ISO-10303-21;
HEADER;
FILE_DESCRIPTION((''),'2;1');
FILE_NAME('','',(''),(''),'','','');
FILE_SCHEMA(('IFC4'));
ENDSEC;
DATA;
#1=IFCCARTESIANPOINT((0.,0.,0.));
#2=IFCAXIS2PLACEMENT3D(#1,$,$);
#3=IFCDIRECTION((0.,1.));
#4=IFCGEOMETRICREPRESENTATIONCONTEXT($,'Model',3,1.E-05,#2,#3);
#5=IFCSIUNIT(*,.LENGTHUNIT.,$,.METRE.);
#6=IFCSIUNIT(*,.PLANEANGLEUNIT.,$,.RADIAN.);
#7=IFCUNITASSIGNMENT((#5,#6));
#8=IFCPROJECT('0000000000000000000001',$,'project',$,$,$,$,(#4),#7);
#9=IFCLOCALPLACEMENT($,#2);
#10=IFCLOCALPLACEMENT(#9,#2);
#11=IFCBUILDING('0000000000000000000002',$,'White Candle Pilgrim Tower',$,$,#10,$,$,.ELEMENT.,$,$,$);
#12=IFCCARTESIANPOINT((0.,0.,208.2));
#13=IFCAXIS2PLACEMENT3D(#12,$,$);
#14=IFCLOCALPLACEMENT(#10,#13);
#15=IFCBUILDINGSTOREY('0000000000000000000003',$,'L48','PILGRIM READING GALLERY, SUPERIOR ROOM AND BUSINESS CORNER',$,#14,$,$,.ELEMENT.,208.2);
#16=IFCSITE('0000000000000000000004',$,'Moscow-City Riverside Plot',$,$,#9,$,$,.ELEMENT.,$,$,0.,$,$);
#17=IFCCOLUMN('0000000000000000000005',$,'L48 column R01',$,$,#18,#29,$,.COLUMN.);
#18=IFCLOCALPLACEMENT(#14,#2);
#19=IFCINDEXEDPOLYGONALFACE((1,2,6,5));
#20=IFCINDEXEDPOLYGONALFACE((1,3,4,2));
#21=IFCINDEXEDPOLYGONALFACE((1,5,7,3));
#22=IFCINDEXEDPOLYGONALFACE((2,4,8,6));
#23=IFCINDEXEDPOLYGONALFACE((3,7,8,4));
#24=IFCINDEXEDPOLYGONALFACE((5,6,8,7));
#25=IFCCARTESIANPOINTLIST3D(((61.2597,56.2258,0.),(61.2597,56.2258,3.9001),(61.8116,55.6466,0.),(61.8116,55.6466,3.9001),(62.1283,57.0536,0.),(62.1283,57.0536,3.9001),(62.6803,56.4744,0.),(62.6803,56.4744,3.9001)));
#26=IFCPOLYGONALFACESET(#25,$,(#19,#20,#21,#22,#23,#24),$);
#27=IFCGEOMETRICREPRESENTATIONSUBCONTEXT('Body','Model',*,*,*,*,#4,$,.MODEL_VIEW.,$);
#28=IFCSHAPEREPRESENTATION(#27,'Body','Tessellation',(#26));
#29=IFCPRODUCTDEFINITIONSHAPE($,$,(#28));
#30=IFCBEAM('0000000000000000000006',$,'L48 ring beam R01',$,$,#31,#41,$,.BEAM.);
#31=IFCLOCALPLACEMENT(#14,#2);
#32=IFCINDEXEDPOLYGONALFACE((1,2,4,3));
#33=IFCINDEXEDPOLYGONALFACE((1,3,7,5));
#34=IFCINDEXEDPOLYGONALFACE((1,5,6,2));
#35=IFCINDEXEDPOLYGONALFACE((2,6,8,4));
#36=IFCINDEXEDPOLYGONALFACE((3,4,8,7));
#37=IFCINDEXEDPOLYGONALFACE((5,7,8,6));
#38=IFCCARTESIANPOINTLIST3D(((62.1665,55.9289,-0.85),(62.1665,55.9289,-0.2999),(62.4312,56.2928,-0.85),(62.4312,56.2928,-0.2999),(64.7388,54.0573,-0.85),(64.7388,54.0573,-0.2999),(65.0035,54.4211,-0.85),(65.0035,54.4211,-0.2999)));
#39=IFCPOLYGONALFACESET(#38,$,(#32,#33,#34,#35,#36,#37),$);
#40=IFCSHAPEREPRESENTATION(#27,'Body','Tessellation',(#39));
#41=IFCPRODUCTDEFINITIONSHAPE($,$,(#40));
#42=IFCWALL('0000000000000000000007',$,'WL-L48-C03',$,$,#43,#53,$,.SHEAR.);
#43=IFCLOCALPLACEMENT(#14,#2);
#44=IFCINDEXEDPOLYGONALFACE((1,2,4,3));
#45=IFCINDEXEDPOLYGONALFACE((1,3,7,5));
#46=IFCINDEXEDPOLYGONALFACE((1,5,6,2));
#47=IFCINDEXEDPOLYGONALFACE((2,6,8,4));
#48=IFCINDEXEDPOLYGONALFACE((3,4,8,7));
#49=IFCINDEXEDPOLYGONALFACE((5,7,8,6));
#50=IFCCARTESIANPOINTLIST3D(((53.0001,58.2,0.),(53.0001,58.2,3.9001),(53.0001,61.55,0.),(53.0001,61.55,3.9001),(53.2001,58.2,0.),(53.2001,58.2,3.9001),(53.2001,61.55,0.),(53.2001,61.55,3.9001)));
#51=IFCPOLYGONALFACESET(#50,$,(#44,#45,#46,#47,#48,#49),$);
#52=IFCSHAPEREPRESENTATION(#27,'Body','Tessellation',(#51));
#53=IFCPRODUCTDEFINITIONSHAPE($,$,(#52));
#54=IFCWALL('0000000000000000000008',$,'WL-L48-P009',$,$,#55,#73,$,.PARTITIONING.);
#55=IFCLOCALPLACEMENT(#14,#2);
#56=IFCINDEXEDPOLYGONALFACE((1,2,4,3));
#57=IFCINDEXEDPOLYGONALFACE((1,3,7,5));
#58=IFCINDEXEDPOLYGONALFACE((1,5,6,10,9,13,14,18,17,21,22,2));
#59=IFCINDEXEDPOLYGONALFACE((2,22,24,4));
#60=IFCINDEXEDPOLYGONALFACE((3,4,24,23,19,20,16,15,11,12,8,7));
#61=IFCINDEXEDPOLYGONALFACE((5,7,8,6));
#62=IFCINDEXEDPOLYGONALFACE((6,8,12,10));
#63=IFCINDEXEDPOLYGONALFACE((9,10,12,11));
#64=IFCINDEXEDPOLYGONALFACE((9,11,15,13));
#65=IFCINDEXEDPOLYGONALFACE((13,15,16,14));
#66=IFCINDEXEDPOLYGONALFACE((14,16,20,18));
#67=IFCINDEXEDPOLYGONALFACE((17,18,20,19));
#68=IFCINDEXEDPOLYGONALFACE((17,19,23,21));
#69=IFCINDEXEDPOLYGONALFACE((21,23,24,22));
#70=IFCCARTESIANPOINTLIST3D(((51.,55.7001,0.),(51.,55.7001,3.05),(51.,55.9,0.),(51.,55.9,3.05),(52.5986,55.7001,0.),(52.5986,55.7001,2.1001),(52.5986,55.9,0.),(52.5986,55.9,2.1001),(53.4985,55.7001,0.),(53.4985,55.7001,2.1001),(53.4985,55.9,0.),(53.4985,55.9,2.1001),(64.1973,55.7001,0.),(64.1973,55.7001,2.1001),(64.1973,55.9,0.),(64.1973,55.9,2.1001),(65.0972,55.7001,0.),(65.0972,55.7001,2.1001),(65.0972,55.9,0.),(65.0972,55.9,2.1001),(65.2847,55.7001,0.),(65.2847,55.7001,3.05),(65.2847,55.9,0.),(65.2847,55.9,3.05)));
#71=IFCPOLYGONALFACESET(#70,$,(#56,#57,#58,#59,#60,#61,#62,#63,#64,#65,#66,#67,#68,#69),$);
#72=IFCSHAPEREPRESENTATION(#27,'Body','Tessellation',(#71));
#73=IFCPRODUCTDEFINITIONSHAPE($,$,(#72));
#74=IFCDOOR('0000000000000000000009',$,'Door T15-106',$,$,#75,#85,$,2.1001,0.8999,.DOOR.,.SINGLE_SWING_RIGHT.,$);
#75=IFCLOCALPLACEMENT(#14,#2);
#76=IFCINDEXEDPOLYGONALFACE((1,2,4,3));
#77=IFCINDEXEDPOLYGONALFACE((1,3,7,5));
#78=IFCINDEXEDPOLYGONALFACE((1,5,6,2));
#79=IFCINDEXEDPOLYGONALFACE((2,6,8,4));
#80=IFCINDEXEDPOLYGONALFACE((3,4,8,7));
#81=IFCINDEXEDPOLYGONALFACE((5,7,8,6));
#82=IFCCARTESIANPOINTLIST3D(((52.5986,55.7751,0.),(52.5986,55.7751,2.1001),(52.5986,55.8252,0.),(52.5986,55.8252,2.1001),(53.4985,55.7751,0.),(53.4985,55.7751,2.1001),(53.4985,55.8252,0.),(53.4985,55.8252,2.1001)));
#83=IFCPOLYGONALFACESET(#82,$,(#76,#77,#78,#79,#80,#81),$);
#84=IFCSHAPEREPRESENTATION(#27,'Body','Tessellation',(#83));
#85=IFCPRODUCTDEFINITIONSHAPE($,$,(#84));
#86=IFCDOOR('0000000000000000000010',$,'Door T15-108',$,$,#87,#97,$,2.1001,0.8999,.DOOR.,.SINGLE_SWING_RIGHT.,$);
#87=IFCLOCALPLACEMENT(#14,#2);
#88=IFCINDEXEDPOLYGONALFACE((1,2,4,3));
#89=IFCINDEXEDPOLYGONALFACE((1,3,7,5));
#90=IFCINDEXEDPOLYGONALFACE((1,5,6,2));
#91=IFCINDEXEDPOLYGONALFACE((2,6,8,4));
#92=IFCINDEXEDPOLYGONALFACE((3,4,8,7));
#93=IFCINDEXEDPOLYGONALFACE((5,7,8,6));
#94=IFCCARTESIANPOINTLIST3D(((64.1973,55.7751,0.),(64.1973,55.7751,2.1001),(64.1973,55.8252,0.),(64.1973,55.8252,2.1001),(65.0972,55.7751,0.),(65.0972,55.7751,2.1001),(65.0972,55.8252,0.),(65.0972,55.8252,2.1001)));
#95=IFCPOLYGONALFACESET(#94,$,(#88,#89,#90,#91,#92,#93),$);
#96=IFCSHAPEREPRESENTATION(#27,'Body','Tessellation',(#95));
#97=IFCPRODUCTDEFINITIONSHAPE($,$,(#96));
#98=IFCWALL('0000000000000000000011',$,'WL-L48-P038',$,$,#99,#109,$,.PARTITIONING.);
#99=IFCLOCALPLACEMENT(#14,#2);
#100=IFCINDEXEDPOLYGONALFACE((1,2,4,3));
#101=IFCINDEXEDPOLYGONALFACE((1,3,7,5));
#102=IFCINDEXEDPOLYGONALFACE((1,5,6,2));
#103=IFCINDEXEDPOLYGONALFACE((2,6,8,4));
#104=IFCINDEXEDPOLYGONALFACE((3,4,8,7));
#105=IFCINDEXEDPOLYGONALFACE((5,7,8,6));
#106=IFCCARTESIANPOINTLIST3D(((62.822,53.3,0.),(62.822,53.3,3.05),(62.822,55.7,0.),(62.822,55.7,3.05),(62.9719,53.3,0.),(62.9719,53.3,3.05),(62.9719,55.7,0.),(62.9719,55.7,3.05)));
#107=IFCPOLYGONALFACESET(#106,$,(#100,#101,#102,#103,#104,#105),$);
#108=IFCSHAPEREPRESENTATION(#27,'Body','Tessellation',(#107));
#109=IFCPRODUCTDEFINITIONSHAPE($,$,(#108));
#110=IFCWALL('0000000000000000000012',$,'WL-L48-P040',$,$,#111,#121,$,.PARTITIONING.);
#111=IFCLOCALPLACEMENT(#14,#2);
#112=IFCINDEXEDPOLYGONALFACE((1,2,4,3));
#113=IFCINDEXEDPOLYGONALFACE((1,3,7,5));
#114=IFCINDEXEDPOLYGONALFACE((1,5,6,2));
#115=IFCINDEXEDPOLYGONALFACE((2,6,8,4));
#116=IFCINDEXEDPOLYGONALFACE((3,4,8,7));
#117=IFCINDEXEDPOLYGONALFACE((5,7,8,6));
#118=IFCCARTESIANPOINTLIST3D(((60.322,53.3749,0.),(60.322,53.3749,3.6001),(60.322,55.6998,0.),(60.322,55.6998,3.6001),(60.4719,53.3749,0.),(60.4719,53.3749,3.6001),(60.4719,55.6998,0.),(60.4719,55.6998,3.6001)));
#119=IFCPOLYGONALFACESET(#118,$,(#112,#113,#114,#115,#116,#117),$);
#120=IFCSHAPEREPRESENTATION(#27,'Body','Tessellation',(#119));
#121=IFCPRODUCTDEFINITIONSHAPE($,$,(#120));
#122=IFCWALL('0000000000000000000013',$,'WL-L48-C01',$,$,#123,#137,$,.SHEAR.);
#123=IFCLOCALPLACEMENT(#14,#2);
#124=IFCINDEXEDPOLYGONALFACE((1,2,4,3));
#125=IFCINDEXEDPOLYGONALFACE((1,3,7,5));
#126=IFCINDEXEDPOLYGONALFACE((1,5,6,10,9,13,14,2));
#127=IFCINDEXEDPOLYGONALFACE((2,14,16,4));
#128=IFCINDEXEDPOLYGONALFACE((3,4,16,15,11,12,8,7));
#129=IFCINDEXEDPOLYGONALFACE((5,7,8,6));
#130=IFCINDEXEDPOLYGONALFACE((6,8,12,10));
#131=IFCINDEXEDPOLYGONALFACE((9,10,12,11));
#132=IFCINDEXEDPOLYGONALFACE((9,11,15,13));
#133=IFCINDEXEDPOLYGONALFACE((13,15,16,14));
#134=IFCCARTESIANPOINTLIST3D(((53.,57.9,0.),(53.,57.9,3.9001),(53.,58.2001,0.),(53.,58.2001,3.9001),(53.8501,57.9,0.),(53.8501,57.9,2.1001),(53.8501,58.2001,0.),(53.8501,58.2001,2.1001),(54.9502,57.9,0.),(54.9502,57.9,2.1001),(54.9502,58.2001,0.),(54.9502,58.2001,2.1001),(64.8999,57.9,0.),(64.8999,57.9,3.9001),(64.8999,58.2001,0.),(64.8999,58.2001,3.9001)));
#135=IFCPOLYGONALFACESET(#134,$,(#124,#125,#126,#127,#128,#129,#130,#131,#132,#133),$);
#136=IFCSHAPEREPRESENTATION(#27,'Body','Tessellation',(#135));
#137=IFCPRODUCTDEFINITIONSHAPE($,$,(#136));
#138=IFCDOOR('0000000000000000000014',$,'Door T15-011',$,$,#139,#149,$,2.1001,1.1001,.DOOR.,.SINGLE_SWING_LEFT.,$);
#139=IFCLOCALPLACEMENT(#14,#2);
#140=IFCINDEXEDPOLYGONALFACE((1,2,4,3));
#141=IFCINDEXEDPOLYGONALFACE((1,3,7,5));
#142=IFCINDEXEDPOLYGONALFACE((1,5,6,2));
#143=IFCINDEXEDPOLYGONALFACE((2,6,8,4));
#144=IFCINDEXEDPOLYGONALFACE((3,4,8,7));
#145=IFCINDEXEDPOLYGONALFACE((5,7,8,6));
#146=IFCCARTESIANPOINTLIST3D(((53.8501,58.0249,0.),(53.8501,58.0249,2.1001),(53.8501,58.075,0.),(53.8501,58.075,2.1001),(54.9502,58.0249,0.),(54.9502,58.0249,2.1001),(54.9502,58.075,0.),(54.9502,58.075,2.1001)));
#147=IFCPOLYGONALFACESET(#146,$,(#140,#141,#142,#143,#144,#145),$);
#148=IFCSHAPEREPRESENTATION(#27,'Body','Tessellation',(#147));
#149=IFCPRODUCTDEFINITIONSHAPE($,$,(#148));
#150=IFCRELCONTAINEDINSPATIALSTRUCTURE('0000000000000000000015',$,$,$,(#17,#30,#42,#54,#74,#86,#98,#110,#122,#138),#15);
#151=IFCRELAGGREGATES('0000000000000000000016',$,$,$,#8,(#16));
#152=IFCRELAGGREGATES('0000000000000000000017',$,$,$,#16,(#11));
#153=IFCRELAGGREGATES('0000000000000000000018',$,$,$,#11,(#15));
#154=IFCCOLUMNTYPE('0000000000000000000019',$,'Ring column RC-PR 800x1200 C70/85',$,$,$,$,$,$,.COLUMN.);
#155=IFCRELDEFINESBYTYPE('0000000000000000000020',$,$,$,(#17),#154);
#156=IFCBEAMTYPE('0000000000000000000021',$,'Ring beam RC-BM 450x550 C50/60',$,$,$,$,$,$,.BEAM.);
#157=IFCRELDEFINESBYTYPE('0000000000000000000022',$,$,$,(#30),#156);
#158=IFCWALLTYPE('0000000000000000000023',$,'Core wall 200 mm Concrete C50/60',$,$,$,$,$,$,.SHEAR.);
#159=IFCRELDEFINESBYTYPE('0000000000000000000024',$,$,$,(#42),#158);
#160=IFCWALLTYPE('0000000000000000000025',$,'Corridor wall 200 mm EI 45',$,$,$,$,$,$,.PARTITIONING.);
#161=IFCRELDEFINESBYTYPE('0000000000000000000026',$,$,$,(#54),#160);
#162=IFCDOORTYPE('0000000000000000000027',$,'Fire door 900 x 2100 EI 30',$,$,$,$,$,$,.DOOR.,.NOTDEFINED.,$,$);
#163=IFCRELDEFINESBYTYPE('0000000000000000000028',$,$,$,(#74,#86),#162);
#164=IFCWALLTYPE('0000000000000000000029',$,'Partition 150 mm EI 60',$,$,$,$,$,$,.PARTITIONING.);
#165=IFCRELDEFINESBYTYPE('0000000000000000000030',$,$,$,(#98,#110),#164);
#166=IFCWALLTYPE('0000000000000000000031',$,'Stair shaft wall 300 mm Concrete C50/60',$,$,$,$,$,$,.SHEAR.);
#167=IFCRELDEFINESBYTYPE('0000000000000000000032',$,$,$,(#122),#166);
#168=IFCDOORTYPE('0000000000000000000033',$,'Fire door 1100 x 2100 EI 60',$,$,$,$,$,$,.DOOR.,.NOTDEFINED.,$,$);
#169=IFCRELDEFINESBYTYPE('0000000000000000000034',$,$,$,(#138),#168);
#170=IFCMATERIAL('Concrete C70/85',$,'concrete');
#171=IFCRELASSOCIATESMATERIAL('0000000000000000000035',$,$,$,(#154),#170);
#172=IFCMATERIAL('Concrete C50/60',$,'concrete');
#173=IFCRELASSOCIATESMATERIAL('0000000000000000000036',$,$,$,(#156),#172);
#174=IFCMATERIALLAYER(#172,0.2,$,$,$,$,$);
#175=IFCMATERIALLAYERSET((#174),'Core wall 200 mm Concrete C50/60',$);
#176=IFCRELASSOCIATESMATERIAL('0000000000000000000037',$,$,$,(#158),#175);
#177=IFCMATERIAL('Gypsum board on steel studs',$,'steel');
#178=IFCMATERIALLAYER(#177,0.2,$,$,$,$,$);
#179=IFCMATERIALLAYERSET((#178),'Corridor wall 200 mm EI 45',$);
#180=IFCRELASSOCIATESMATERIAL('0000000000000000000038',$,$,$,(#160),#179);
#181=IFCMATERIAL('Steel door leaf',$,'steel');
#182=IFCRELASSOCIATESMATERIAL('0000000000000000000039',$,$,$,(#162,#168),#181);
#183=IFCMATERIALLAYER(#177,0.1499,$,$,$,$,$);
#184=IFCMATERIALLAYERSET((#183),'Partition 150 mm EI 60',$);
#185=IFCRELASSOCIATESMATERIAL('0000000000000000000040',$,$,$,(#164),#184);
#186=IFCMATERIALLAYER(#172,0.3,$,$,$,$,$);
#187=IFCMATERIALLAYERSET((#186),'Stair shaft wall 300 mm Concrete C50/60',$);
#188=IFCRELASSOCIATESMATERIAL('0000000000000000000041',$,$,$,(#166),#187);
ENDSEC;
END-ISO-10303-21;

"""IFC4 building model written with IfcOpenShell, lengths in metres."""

from ifc_helpers import new_model, si_unit, direction, frame, frame_2d, origin, origin_2d, place, context, subcontext, project, spatial, rectangle, extrude, material, layer, layer_set, material_profile, profile_set, type_object, element, fill, save


model = new_model("IFC4")

# Units and contexts
model_context = context("Model", 3, precision=1e-05, world=origin(), true_north=direction((0.0, 1.0)))
body_context = subcontext(model_context, "Body", "Model", "MODEL_VIEW")
ifc_project = project(units=[si_unit("LENGTHUNIT", "METRE"), si_unit("PLANEANGLEUNIT", "RADIAN")], contexts=[model_context])

# Site, building, storey
site_placement = place(None, origin())
site = spatial("IfcSite", under=ifc_project, at=site_placement, Name="Moscow-City Riverside Plot", CompositionType="ELEMENT", RefElevation=0.0)
building_placement = place(site_placement, origin())
building = spatial("IfcBuilding", under=site, at=building_placement, Name="White Candle Pilgrim Tower", CompositionType="ELEMENT")
storey_placement = place(building_placement, frame((0.0, 0.0, 208.2)))
storey = spatial("IfcBuildingStorey", under=building, at=storey_placement, Name="L48", Description="PILGRIM READING GALLERY, SUPERIOR ROOM AND BUSINESS CORNER", CompositionType="ELEMENT", Elevation=208.2)

# Column
ifc_material_1 = material(Name="Concrete C70/85", Category="concrete")
ifc_material_profile_1 = material_profile(ifc_material_1, rectangle(XDim=0.8, YDim=1.2, at=origin_2d()), Name="RC-PR 800x1200")
ifc_profile_set_1 = profile_set([ifc_material_profile_1], Name="Concrete C70/85")
column_type = type_object("IfcColumnType", Name="Ring column RC-PR 800x1200 C70/85", PredefinedType="COLUMN", material=ifc_profile_set_1)
column_placement = place(storey_placement, frame((61.97, 56.3501, 0.0), z_axis=(0.0, 0.0, 1.0), x_axis=(-0.689872, 0.723931, 0.0)))
element("IfcColumn", 1, at=column_placement, inside=storey, type_object=column_type, Name="L48 column R01", PredefinedType="COLUMN", context=body_context, shape_type="SweptSolid", body=[
    extrude(rectangle(XDim=0.8, YDim=1.2, at=origin_2d()), origin(), (0.0, 0.0, 1.0), 3.9001),
])

# Beam
ifc_material_2 = material(Name="Concrete C50/60", Category="concrete")
ifc_material_profile_2 = material_profile(ifc_material_2, rectangle(XDim=0.45, YDim=0.55, at=origin_2d()), Name="RC-BM 450x550")
ifc_profile_set_2 = profile_set([ifc_material_profile_2], Name="Concrete C50/60")
beam_type = type_object("IfcBeamType", Name="Ring beam RC-BM 450x550 C50/60", PredefinedType="BEAM", material=ifc_profile_set_2)
beam_placement = place(storey_placement, frame((62.2988, 56.1108, -0.575), z_axis=(0.80861, -0.588345, 0.0), x_axis=(0.588345, 0.80861, 0.0)))
element("IfcBeam", 2, at=beam_placement, inside=storey, type_object=beam_type, Name="L48 ring beam R01", PredefinedType="BEAM", context=body_context, shape_type="SweptSolid", body=[
    extrude(rectangle(XDim=0.45, YDim=0.55, at=origin_2d()), origin(), (0.0, 0.0, 1.0), 3.1812),
])

# Wall
ifc_layer_1 = layer(ifc_material_2, 0.2)
ifc_layer_set_1 = layer_set([ifc_layer_1], Name="Core wall 200 mm Concrete C50/60")
wall_type_1 = type_object("IfcWallType", Name="Core wall 200 mm Concrete C50/60", PredefinedType="SHEAR", material=ifc_layer_set_1)
wall_1_placement = place(storey_placement, frame((53.1001, 58.2, 0.0), z_axis=(0.0, 0.0, 1.0), x_axis=(0.0, 1.0, 0.0)))
element("IfcWall", 3, at=wall_1_placement, inside=storey, type_object=wall_type_1, Name="WL-L48-C03", PredefinedType="SHEAR", context=body_context, shape_type="SweptSolid", body=[
    extrude(rectangle(XDim=3.3501, YDim=0.2, at=frame_2d((1.675, 0.0))), origin(), (0.0, 0.0, 1.0), 3.9001),
])

# Wall, openings, doors
ifc_material_3 = material(Name="Gypsum board on steel studs", Category="steel")
ifc_layer_2 = layer(ifc_material_3, 0.2)
ifc_layer_set_2 = layer_set([ifc_layer_2], Name="Corridor wall 200 mm EI 45")
wall_type_2 = type_object("IfcWallType", Name="Corridor wall 200 mm EI 45", PredefinedType="PARTITIONING", material=ifc_layer_set_2)
wall_2_placement = place(storey_placement, frame((65.2847, 55.8, 0.0), z_axis=(0.0, 0.0, 1.0), x_axis=(-1.0, 0.0, 0.0)))
wall_2 = element("IfcWall", 4, at=wall_2_placement, inside=storey, type_object=wall_type_2, Name="WL-L48-P009", PredefinedType="PARTITIONING", context=body_context, shape_type="SweptSolid", body=[
    extrude(rectangle(XDim=14.2847, YDim=0.2, at=frame_2d((7.1423, 0.0))), origin(), (0.0, 0.0, 1.0), 3.05),
])
opening_1_placement = place(wall_2_placement, frame((11.7861, 0.0, 0.0)))
opening_1 = element("IfcOpeningElement", 5, at=opening_1_placement, cuts=wall_2, PredefinedType="OPENING", context=body_context, shape_type="SweptSolid", body=[
    extrude(rectangle(XDim=0.8999, YDim=2.1001, at=frame_2d((0.45, 1.05))), frame((0.0, 0.1099, 0.0), z_axis=(0.0, -1.0, 0.0), x_axis=(1.0, 0.0, 0.0)), (0.0, 0.0, 1.0), 0.22),
])
opening_2_placement = place(wall_2_placement, frame((0.1875, 0.0, 0.0)))
opening_2 = element("IfcOpeningElement", 6, at=opening_2_placement, cuts=wall_2, PredefinedType="OPENING", context=body_context, shape_type="SweptSolid", body=[
    extrude(rectangle(XDim=0.8999, YDim=2.1001, at=frame_2d((0.45, 1.05))), frame((0.0, 0.1099, 0.0), z_axis=(0.0, -1.0, 0.0), x_axis=(1.0, 0.0, 0.0)), (0.0, 0.0, 1.0), 0.22),
])
ifc_material_4 = material(Name="Steel door leaf", Category="steel")
door_type_1 = type_object("IfcDoorType", Name="Fire door 900 x 2100 EI 30", OperationType="NOTDEFINED", PredefinedType="DOOR", material=ifc_material_4)
door_1_placement = place(opening_1_placement, origin())
door_1 = element("IfcDoor", 7, at=door_1_placement, inside=storey, type_object=door_type_1, Name="Door T15-106", OperationType="SINGLE_SWING_RIGHT", OverallHeight=2.1001, OverallWidth=0.8999, PredefinedType="DOOR", context=body_context, shape_type="SweptSolid", body=[
    extrude(rectangle(XDim=0.8999, YDim=2.1001, at=frame_2d((0.45, 1.05))), frame((0.0, 0.0249, 0.0), z_axis=(0.0, -1.0, 0.0), x_axis=(1.0, 0.0, 0.0)), (0.0, 0.0, 1.0), 0.05),
])
fill(opening_1, door_1)
door_2_placement = place(opening_2_placement, origin())
door_2 = element("IfcDoor", 8, at=door_2_placement, inside=storey, type_object=door_type_1, Name="Door T15-108", OperationType="SINGLE_SWING_RIGHT", OverallHeight=2.1001, OverallWidth=0.8999, PredefinedType="DOOR", context=body_context, shape_type="SweptSolid", body=[
    extrude(rectangle(XDim=0.8999, YDim=2.1001, at=frame_2d((0.45, 1.05))), frame((0.0, 0.0249, 0.0), z_axis=(0.0, -1.0, 0.0), x_axis=(1.0, 0.0, 0.0)), (0.0, 0.0, 1.0), 0.05),
])
fill(opening_2, door_2)

# Walls
ifc_layer_3 = layer(ifc_material_3, 0.1499)
ifc_layer_set_3 = layer_set([ifc_layer_3], Name="Partition 150 mm EI 60")
wall_type_3 = type_object("IfcWallType", Name="Partition 150 mm EI 60", PredefinedType="PARTITIONING", material=ifc_layer_set_3)
wall_3_placement = place(storey_placement, frame((62.897, 55.7, 0.0), z_axis=(0.0, 0.0, 1.0), x_axis=(0.0, -1.0, 0.0)))
element("IfcWall", 9, at=wall_3_placement, inside=storey, type_object=wall_type_3, Name="WL-L48-P038", PredefinedType="PARTITIONING", context=body_context, shape_type="SweptSolid", body=[
    extrude(rectangle(XDim=2.3999, YDim=0.1499, at=frame_2d((1.2, 0.0))), origin(), (0.0, 0.0, 1.0), 3.05),
])
wall_4_placement = place(storey_placement, frame((60.397, 55.7, 0.0), z_axis=(0.0, 0.0, 1.0), x_axis=(0.0, -1.0, 0.0)))
element("IfcWall", 10, at=wall_4_placement, inside=storey, type_object=wall_type_3, Name="WL-L48-P040", PredefinedType="PARTITIONING", context=body_context, shape_type="SweptSolid", body=[
    extrude(rectangle(XDim=2.325, YDim=0.1499, at=frame_2d((1.1626, 0.0))), origin(), (0.0, 0.0, 1.0), 3.6001),
])

# Wall, opening, door
ifc_layer_4 = layer(ifc_material_2, 0.3)
ifc_layer_set_4 = layer_set([ifc_layer_4], Name="Stair shaft wall 300 mm Concrete C50/60")
wall_type_4 = type_object("IfcWallType", Name="Stair shaft wall 300 mm Concrete C50/60", PredefinedType="SHEAR", material=ifc_layer_set_4)
wall_5_placement = place(storey_placement, frame((53.0, 58.05, 0.0), z_axis=(0.0, 0.0, 1.0), x_axis=(1.0, 0.0, 0.0)))
wall_5 = element("IfcWall", 11, at=wall_5_placement, inside=storey, type_object=wall_type_4, Name="WL-L48-C01", PredefinedType="SHEAR", context=body_context, shape_type="SweptSolid", body=[
    extrude(rectangle(XDim=11.8999, YDim=0.3, at=frame_2d((5.95, 0.0))), origin(), (0.0, 0.0, 1.0), 3.9001),
])
opening_3_placement = place(wall_5_placement, frame((0.8501, 0.0, 0.0)))
opening_3 = element("IfcOpeningElement", 12, at=opening_3_placement, cuts=wall_5, PredefinedType="OPENING", context=body_context, shape_type="SweptSolid", body=[
    extrude(rectangle(XDim=1.1001, YDim=2.1001, at=frame_2d((0.55, 1.05))), frame((0.0, 0.1599, 0.0), z_axis=(0.0, -1.0, 0.0), x_axis=(1.0, 0.0, 0.0)), (0.0, 0.0, 1.0), 0.3201),
])
door_type_2 = type_object("IfcDoorType", Name="Fire door 1100 x 2100 EI 60", OperationType="NOTDEFINED", PredefinedType="DOOR", material=ifc_material_4)
door_3_placement = place(opening_3_placement, origin())
door_3 = element("IfcDoor", 13, at=door_3_placement, inside=storey, type_object=door_type_2, Name="Door T15-011", OperationType="SINGLE_SWING_LEFT", OverallHeight=2.1001, OverallWidth=1.1001, PredefinedType="DOOR", context=body_context, shape_type="SweptSolid", body=[
    extrude(rectangle(XDim=1.1001, YDim=2.1001, at=frame_2d((0.55, 1.05))), frame((0.0, 0.0249, 0.0), z_axis=(0.0, -1.0, 0.0), x_axis=(1.0, 0.0, 0.0)), (0.0, 0.0, 1.0), 0.05),
])
fill(opening_3, door_3)

save(model, "model.ifc")
